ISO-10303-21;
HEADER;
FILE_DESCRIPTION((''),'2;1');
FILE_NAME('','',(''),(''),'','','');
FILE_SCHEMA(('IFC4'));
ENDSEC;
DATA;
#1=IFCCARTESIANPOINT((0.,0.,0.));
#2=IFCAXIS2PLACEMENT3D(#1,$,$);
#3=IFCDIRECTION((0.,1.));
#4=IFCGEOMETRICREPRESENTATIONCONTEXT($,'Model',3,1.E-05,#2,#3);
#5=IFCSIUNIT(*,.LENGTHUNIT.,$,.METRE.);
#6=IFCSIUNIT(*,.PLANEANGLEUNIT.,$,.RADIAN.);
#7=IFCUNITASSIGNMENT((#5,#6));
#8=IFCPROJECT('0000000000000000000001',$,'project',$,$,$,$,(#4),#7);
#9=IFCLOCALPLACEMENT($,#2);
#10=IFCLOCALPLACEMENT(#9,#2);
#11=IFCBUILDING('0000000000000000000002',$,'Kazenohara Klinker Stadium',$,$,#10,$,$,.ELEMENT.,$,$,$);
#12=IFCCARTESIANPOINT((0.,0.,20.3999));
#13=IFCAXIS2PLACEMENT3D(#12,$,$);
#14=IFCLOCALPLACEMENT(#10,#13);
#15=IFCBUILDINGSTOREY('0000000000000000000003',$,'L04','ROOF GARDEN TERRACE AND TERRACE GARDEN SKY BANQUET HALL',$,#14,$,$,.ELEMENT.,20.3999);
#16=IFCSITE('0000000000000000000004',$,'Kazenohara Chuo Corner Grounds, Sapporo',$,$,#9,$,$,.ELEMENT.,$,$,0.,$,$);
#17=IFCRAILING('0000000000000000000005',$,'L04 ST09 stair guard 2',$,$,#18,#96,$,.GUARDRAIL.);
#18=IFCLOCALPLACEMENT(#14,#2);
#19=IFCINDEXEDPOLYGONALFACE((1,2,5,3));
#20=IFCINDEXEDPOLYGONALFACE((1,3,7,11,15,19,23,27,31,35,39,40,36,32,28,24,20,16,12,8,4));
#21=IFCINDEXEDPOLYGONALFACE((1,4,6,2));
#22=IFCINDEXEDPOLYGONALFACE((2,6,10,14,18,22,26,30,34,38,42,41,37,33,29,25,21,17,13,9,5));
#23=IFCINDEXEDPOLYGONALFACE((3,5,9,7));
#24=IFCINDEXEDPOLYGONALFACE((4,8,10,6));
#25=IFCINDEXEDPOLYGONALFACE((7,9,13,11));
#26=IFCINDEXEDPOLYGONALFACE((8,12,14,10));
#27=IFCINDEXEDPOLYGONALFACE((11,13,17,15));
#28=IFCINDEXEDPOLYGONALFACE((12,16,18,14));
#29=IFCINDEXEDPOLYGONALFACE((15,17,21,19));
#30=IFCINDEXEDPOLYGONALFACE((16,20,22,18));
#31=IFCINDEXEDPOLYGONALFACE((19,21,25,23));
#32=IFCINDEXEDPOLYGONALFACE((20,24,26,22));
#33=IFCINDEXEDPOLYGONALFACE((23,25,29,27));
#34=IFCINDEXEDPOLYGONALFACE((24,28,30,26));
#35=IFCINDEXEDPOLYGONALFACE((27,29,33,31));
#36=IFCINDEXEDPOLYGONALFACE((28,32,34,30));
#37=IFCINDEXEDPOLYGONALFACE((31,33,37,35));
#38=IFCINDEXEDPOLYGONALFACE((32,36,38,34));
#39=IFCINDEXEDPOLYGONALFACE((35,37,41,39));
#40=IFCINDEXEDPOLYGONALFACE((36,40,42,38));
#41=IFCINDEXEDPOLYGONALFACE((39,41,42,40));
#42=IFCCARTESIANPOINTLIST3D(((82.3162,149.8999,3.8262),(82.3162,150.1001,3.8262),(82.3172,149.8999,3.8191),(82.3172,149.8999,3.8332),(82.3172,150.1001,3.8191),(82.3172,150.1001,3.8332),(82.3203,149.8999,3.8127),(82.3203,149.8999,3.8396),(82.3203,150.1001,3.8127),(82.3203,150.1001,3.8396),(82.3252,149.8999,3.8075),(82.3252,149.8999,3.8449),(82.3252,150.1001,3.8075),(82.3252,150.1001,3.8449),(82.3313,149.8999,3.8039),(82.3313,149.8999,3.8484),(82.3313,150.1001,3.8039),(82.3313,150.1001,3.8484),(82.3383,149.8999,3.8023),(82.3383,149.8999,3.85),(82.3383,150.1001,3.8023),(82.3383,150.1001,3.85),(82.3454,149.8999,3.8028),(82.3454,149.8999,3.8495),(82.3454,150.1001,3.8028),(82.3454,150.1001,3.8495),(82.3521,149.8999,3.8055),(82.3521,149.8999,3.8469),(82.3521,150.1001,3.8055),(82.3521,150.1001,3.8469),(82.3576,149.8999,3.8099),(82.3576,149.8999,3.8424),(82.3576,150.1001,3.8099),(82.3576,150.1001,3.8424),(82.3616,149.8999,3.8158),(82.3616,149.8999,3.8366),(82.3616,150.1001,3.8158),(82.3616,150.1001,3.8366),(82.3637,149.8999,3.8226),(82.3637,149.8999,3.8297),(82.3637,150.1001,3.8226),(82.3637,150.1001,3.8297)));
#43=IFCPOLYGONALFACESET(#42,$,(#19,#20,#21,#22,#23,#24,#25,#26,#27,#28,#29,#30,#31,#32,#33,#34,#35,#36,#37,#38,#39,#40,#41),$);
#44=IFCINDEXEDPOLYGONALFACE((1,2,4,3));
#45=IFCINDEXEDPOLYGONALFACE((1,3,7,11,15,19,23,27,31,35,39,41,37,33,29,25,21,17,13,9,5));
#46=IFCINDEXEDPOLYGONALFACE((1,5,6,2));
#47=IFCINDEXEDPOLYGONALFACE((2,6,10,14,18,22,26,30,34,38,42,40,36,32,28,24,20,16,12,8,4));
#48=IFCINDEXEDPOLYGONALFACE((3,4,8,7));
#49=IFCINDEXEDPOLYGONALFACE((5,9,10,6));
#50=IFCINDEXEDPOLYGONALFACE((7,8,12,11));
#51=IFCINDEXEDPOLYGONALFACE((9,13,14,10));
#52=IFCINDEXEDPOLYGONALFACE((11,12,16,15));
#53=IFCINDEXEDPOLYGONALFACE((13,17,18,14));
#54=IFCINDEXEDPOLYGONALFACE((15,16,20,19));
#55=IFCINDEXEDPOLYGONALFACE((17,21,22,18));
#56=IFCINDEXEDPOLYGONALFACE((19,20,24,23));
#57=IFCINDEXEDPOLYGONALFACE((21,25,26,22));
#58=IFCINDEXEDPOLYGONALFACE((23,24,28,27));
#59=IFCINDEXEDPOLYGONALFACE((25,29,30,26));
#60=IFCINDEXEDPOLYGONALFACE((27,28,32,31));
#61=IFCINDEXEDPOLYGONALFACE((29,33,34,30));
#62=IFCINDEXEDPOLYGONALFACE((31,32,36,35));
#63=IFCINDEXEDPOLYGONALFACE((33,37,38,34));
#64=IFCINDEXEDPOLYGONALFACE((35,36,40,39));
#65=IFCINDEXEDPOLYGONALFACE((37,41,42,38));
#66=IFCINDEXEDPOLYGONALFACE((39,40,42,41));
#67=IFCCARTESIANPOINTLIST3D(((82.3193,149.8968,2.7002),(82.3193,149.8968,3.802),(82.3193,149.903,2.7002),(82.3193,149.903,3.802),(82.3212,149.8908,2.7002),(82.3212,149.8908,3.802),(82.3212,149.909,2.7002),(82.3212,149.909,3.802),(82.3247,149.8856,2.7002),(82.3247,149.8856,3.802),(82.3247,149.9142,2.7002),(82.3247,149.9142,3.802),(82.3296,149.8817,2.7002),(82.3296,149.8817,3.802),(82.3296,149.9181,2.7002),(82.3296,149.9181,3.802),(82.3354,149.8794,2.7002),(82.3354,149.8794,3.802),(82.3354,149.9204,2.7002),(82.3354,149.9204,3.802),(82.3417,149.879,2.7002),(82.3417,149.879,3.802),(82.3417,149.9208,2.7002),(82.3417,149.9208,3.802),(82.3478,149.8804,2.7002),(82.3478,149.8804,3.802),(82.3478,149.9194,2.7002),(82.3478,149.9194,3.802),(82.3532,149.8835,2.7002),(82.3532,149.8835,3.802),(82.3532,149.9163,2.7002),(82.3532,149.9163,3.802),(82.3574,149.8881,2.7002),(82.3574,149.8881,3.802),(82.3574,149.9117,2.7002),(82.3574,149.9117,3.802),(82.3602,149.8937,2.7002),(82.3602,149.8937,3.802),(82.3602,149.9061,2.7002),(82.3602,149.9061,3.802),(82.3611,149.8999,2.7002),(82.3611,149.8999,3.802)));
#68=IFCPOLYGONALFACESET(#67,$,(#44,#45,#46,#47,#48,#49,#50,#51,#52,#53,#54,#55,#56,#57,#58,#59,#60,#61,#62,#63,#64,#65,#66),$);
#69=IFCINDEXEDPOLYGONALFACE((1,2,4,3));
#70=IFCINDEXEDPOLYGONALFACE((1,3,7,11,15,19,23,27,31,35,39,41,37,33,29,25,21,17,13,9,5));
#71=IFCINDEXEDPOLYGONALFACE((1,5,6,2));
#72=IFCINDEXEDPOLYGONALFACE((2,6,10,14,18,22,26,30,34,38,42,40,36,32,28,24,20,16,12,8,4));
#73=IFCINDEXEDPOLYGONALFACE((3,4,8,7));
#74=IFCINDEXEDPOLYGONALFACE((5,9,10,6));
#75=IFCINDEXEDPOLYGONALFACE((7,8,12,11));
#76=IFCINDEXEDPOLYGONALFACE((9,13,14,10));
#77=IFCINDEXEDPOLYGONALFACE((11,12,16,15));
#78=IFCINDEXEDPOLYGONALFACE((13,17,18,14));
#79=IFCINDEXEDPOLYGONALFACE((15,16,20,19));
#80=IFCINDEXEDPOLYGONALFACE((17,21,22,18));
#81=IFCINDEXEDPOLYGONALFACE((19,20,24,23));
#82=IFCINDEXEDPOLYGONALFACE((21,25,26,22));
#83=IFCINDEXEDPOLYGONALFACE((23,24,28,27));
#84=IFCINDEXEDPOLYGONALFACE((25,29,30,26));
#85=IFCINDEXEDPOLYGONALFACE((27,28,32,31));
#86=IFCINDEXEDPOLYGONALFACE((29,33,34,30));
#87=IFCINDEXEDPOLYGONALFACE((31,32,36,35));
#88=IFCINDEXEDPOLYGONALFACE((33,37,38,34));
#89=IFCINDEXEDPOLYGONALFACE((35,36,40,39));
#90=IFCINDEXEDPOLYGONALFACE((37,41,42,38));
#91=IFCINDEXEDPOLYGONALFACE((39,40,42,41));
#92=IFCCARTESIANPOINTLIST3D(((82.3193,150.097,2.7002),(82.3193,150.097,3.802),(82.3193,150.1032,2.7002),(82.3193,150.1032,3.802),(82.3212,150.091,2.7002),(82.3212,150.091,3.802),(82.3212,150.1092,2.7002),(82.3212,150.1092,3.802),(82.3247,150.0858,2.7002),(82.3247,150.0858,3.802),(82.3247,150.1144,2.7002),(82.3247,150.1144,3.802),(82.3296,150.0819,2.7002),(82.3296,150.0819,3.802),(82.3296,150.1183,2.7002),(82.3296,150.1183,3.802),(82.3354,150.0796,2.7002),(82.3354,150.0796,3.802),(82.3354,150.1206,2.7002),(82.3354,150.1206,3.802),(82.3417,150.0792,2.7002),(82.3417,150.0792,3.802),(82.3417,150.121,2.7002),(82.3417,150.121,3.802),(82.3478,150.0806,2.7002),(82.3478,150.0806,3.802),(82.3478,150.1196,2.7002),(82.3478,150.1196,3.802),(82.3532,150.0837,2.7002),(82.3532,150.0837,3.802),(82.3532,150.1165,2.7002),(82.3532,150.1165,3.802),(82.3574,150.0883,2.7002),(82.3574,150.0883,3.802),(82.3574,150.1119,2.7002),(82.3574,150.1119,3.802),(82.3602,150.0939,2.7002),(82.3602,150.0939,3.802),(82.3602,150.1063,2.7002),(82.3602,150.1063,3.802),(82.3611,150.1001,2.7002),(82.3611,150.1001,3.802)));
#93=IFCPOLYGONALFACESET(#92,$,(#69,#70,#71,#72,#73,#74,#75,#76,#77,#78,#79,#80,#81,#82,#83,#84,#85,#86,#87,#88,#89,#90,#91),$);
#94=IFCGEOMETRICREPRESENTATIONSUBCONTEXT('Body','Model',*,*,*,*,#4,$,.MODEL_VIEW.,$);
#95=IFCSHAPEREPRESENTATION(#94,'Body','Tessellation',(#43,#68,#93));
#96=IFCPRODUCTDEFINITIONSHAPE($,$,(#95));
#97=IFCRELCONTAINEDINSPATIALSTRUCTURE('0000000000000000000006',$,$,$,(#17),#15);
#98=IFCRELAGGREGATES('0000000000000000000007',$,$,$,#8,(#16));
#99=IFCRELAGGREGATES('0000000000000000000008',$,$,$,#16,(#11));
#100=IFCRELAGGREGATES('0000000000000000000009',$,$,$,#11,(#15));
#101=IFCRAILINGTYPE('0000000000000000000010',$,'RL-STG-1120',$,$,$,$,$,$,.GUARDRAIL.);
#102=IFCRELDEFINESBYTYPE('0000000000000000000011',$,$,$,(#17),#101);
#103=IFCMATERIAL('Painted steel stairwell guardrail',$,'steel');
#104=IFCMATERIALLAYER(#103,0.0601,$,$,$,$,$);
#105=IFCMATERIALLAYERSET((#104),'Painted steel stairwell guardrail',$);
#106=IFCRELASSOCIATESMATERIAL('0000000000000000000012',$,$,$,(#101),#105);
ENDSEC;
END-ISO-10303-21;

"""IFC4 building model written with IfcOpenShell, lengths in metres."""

from ifc_helpers import new_model, si_unit, direction, frame, origin, origin_2d, place, context, subcontext, project, spatial, circle, extrude, material, layer, layer_set, type_object, element, save


model = new_model("IFC4")

# Units and contexts
model_context = context("Model", 3, precision=1e-05, world=origin(), true_north=direction((0.0, 1.0)))
body_context = subcontext(model_context, "Body", "Model", "MODEL_VIEW")
ifc_project = project(units=[si_unit("LENGTHUNIT", "METRE"), si_unit("PLANEANGLEUNIT", "RADIAN")], contexts=[model_context])

# Site, building, storey
site_placement = place(None, origin())
site = spatial("IfcSite", under=ifc_project, at=site_placement, Name="Kazenohara Chuo Corner Grounds, Sapporo", CompositionType="ELEMENT", RefElevation=0.0)
building_placement = place(site_placement, origin())
building = spatial("IfcBuilding", under=site, at=building_placement, Name="Kazenohara Klinker Stadium", CompositionType="ELEMENT")
storey_placement = place(building_placement, frame((0.0, 0.0, 20.3999)))
storey = spatial("IfcBuildingStorey", under=building, at=storey_placement, Name="L04", Description="ROOF GARDEN TERRACE AND TERRACE GARDEN SKY BANQUET HALL", CompositionType="ELEMENT", Elevation=20.3999)

# Railing
ifc_material_1 = material(Name="Painted steel stairwell guardrail", Category="steel")
ifc_layer_1 = layer(ifc_material_1, 0.0601)
ifc_layer_set_1 = layer_set([ifc_layer_1], Name="Painted steel stairwell guardrail")
railing_type_1 = type_object("IfcRailingType", Name="RL-STG-1120", PredefinedType="GUARDRAIL", material=ifc_layer_set_1)
railing_1_placement = place(storey_placement, frame((82.3401, 149.8999, 2.7002)))
element("IfcRailing", 1, at=railing_1_placement, inside=storey, type_object=railing_type_1, Name="L04 ST09 stair guard 2", PredefinedType="GUARDRAIL", context=body_context, shape_type="SweptSolid", body=[
    extrude(circle(Radius=0.0239, at=origin_2d()), frame((0.0, 0.0, 1.126), z_axis=(0.0, 1.0, 0.0), x_axis=(-1.0, 0.0, 0.0)), (0.0, 0.0, 1.0), 0.2002),
    extrude(circle(Radius=0.021, at=origin_2d()), origin(), (0.0, 0.0, 1.0), 1.1018),
    extrude(circle(Radius=0.021, at=origin_2d()), frame((0.0, 0.2002, 0.0)), (0.0, 0.0, 1.0), 1.1018),
])

save(model, "model.ifc")
